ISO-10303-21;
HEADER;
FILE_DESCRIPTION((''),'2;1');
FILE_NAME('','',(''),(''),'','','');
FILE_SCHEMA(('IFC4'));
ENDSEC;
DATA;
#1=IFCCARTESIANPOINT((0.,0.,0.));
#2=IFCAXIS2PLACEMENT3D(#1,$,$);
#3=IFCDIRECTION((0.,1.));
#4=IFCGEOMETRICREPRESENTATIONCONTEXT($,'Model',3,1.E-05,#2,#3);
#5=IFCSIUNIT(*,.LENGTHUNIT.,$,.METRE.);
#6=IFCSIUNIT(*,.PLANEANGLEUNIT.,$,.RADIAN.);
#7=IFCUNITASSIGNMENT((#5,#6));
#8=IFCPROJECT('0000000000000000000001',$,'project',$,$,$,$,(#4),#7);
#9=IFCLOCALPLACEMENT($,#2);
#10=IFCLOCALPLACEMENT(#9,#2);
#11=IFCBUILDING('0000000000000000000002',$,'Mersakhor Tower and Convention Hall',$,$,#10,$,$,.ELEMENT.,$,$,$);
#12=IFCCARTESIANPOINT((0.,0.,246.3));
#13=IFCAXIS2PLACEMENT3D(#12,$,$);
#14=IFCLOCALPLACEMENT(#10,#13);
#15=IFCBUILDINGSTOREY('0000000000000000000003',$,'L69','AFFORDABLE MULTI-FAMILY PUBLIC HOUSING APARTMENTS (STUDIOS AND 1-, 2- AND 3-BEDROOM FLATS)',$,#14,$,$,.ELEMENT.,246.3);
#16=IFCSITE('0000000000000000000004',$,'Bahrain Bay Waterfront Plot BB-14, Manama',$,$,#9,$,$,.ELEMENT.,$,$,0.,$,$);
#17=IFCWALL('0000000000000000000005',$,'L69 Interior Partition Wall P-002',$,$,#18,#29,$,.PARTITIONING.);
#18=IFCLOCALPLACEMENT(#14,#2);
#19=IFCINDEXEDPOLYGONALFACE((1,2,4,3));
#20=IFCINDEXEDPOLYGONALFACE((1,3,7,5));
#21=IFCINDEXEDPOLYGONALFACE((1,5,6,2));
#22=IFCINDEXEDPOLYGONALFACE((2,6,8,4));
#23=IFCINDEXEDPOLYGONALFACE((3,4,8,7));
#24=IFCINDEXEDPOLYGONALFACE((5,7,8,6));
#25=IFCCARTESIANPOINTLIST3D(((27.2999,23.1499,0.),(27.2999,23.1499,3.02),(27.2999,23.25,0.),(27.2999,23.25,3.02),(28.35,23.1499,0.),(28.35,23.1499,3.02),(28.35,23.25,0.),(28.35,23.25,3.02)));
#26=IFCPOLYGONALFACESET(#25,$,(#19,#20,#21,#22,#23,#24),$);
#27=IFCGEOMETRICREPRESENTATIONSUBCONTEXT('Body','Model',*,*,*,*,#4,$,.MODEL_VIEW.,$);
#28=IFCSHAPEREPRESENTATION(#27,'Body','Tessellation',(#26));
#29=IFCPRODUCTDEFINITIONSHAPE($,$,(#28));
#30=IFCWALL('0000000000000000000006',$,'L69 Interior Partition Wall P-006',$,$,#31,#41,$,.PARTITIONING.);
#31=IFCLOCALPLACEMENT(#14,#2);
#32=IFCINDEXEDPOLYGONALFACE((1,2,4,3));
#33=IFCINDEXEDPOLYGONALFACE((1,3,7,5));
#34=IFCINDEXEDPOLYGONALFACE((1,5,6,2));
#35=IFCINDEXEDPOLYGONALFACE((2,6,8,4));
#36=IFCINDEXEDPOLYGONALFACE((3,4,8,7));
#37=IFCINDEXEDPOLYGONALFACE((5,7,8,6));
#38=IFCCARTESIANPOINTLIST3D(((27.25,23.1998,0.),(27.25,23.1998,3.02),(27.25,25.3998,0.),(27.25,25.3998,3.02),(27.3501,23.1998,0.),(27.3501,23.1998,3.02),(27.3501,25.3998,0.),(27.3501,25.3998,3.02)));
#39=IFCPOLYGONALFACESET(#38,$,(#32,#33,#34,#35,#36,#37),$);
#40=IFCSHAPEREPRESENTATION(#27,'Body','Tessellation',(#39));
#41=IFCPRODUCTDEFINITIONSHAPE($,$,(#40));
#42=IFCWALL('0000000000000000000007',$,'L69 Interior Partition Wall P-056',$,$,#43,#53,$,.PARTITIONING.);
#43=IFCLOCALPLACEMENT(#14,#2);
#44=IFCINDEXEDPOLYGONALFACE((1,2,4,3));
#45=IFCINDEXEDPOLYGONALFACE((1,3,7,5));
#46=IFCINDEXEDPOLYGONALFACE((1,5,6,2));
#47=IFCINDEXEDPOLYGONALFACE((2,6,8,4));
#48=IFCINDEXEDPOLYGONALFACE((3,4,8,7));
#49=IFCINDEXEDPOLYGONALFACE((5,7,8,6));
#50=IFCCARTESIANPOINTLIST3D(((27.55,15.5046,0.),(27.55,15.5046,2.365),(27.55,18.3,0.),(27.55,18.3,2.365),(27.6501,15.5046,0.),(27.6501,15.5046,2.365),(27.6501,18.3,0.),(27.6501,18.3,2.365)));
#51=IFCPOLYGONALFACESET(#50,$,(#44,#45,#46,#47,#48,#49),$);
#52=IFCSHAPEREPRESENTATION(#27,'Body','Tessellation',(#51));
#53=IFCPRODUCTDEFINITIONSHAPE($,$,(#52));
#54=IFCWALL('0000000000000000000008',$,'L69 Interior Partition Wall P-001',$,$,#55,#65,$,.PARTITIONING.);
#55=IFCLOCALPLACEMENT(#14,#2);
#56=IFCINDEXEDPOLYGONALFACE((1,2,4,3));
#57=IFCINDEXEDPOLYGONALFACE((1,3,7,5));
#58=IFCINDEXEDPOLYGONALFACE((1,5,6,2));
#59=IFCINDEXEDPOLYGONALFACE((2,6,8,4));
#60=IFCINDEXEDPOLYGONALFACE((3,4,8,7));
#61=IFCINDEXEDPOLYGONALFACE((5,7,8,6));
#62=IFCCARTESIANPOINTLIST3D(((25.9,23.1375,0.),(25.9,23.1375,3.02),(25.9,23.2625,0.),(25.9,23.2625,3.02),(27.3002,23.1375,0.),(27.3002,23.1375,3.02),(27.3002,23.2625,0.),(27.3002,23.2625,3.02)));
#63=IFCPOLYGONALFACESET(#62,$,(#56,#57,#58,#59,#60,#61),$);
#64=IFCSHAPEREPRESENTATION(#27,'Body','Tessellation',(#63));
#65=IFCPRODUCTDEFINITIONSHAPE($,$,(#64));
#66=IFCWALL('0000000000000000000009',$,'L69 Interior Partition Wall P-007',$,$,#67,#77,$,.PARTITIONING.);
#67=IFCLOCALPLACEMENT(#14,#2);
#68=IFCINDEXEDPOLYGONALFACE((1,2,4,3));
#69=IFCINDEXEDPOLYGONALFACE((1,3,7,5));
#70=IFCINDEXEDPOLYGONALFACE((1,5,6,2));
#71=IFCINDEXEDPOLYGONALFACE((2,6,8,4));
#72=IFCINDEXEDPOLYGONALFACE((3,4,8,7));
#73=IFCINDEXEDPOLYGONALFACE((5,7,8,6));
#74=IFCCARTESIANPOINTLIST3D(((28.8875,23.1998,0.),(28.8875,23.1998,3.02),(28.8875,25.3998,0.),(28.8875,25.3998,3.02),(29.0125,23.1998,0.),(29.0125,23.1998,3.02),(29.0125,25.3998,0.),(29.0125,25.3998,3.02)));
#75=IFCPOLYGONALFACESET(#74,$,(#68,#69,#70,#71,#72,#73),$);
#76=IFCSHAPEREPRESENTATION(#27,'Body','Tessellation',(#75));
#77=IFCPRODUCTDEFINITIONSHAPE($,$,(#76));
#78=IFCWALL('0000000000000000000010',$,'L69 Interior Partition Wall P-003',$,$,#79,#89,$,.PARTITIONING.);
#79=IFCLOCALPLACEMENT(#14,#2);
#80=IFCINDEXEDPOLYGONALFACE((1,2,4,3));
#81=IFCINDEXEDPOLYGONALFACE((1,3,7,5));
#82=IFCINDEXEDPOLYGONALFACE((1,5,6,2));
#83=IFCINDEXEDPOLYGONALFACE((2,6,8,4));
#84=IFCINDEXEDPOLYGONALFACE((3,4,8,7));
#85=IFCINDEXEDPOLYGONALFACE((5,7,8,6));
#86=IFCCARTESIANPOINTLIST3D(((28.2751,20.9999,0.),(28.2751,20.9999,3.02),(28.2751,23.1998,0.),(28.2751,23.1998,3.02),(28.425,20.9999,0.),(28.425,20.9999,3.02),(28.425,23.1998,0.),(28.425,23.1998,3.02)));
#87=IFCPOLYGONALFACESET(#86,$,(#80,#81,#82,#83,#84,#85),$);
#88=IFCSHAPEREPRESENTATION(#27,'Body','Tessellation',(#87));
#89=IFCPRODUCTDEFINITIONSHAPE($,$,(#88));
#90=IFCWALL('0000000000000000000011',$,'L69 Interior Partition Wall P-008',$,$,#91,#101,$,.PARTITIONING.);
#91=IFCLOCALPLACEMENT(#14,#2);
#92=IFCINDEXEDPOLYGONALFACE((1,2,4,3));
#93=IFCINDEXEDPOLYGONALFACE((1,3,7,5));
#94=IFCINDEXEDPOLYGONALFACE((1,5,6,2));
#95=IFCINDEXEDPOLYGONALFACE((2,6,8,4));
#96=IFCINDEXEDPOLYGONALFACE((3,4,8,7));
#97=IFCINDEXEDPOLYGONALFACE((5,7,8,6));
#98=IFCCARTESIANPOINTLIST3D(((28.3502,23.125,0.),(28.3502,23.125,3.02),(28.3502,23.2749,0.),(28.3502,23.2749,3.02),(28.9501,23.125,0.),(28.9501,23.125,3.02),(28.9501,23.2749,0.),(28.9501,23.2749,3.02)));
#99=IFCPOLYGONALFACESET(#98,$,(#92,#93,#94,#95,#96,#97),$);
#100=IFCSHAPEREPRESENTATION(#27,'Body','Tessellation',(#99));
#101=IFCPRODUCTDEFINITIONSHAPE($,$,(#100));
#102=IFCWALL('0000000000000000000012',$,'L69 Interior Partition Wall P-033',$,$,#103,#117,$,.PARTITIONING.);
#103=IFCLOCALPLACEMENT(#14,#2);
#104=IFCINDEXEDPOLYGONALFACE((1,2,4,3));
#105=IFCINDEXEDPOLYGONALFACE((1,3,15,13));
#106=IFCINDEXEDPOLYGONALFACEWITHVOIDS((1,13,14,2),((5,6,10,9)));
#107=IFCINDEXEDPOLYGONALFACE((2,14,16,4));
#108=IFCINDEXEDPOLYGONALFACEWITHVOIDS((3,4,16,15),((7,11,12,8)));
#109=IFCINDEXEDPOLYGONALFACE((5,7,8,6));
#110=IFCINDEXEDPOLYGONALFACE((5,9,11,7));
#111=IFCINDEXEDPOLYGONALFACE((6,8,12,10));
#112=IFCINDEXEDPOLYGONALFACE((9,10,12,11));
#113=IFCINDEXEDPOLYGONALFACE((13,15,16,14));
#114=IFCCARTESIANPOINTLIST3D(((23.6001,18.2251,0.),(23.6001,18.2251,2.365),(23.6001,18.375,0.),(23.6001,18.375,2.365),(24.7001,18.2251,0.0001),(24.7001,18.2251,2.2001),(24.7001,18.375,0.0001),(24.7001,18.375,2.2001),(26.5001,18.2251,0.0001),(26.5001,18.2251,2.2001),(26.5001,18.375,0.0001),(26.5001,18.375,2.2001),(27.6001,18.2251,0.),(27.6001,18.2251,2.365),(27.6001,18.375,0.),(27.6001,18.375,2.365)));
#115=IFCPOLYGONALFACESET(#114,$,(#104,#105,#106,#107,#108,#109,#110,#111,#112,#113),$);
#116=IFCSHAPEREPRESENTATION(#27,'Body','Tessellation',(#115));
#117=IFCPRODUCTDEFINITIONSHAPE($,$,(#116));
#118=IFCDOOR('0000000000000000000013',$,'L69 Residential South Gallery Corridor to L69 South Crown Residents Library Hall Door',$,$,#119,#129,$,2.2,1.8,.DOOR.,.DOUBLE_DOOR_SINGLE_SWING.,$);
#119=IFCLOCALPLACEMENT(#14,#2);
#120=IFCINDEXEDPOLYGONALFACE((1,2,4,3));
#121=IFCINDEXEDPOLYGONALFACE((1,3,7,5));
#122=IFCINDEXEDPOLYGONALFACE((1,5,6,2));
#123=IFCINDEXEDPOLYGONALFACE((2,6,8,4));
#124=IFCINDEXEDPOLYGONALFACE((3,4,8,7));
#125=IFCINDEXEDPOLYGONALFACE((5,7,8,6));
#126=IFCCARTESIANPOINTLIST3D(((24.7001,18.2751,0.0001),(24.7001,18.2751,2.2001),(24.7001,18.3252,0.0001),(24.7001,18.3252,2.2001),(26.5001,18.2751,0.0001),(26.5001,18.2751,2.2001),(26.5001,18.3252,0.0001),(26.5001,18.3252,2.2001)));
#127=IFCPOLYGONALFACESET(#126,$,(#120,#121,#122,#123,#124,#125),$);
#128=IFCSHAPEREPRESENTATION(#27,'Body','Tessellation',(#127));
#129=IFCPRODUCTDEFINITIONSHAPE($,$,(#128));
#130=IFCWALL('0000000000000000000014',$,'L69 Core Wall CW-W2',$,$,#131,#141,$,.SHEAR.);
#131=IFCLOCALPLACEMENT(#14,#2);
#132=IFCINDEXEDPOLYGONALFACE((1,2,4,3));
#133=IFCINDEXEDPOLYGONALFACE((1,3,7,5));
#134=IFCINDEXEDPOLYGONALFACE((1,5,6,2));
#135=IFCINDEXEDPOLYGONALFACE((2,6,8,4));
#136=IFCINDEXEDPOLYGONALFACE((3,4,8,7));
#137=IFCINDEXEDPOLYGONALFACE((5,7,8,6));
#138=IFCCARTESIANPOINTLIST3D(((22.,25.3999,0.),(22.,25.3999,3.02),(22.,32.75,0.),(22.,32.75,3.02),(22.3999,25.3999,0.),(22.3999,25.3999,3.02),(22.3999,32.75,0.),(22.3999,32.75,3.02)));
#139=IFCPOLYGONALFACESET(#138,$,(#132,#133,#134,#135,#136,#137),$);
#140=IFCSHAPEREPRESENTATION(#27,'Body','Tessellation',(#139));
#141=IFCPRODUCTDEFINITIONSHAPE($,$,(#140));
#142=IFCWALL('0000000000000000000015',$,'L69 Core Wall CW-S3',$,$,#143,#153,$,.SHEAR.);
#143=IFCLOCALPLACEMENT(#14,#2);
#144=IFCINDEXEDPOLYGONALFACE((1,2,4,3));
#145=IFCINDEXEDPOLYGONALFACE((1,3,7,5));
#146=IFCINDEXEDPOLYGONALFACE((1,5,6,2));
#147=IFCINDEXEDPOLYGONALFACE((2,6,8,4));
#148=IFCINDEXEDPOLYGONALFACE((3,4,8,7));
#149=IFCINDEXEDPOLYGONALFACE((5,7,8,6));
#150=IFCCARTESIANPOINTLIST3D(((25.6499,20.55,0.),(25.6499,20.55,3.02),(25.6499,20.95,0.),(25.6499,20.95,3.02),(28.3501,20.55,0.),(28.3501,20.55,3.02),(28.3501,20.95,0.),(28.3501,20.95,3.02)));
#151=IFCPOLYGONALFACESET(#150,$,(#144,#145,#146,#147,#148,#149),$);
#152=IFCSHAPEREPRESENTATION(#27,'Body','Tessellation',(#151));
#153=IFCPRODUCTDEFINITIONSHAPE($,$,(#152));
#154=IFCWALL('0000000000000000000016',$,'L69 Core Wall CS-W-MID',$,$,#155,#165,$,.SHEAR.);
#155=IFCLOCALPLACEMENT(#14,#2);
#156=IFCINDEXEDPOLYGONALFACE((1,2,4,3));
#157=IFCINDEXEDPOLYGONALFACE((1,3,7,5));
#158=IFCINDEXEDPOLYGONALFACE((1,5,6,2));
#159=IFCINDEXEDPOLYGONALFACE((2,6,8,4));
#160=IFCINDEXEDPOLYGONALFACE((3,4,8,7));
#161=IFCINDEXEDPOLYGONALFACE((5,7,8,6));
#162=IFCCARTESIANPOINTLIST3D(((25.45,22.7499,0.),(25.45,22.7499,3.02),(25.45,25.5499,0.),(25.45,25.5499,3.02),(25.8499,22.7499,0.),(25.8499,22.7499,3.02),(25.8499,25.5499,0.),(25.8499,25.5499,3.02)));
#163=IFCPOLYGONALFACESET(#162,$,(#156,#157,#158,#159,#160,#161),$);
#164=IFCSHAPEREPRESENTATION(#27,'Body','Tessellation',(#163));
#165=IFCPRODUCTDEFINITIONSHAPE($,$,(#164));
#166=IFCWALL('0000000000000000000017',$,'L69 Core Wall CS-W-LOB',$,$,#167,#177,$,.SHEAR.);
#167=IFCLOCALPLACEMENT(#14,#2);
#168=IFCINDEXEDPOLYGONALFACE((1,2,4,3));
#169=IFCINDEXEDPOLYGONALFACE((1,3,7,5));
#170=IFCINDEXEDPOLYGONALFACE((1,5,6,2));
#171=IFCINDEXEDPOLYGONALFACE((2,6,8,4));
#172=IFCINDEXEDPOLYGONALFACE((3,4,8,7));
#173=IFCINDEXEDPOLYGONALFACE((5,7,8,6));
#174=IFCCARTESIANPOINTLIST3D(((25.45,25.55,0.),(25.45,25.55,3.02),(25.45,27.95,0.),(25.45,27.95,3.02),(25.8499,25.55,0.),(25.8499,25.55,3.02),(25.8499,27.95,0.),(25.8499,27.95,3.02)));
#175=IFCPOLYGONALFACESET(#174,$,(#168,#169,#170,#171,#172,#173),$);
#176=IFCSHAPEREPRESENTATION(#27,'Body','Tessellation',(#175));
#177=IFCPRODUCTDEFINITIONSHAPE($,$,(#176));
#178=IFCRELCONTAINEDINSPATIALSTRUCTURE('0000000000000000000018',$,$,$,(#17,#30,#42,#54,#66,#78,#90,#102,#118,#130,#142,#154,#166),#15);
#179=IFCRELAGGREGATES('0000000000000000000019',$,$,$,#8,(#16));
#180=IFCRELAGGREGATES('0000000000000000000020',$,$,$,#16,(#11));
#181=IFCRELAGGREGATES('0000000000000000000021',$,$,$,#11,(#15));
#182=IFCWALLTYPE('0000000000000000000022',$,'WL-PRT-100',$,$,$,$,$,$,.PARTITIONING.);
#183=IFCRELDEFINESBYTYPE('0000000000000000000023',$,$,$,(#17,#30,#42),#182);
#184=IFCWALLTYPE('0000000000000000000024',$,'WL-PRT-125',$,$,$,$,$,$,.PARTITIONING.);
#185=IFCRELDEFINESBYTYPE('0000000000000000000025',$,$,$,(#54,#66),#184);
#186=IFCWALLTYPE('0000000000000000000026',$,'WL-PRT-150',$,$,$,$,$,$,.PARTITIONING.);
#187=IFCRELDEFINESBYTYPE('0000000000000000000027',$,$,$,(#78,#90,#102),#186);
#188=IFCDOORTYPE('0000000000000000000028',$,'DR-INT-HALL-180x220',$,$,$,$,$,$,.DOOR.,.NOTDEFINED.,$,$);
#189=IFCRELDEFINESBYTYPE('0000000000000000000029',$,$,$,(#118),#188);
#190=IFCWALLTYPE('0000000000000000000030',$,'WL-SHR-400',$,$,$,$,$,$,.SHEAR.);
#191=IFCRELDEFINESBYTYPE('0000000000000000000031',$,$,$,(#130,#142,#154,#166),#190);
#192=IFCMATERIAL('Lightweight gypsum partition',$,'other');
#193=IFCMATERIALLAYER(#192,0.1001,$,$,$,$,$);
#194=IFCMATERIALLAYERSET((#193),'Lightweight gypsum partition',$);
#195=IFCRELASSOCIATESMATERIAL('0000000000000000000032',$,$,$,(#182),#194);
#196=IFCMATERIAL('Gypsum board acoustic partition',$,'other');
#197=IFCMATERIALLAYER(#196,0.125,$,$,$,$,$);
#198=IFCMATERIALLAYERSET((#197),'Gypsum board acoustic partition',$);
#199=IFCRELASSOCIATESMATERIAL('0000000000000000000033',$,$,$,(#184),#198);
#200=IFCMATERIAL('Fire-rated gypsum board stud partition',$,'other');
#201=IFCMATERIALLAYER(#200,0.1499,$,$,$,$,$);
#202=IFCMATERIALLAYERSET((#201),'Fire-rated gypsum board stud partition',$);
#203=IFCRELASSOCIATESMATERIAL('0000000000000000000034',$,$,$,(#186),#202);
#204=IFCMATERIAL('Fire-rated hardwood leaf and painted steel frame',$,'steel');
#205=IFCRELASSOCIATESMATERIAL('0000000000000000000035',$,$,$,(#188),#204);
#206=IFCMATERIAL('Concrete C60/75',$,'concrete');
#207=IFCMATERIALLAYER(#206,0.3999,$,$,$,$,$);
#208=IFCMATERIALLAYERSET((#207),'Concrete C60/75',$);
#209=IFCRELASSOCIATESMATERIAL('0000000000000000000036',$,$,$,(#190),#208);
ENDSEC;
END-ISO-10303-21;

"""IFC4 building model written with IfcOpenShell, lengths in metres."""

from ifc_helpers import new_model, si_unit, direction, frame, frame_2d, origin, place, context, subcontext, project, spatial, rectangle, extrude, material, layer, layer_set, type_object, element, fill, save


model = new_model("IFC4")

# Units and contexts
model_context = context("Model", 3, precision=1e-05, world=origin(), true_north=direction((0.0, 1.0)))
body_context = subcontext(model_context, "Body", "Model", "MODEL_VIEW")
ifc_project = project(units=[si_unit("LENGTHUNIT", "METRE"), si_unit("PLANEANGLEUNIT", "RADIAN")], contexts=[model_context])

# Site, building, storey
site_placement = place(None, origin())
site = spatial("IfcSite", under=ifc_project, at=site_placement, Name="Bahrain Bay Waterfront Plot BB-14, Manama", CompositionType="ELEMENT", RefElevation=0.0)
building_placement = place(site_placement, origin())
building = spatial("IfcBuilding", under=site, at=building_placement, Name="Mersakhor Tower and Convention Hall", CompositionType="ELEMENT")
storey_placement = place(building_placement, frame((0.0, 0.0, 246.3)))
storey = spatial("IfcBuildingStorey", under=building, at=storey_placement, Name="L69", Description="AFFORDABLE MULTI-FAMILY PUBLIC HOUSING APARTMENTS (STUDIOS AND 1-, 2- AND 3-BEDROOM FLATS)", CompositionType="ELEMENT", Elevation=246.3)

# Walls
ifc_material_1 = material(Name="Lightweight gypsum partition", Category="other")
ifc_layer_1 = layer(ifc_material_1, 0.1001)
ifc_layer_set_1 = layer_set([ifc_layer_1], Name="Lightweight gypsum partition")
wall_type_1 = type_object("IfcWallType", Name="WL-PRT-100", PredefinedType="PARTITIONING", material=ifc_layer_set_1)
wall_1_placement = place(storey_placement, frame((27.3, 23.2, 0.0), z_axis=(0.0, 0.0, 1.0), x_axis=(1.0, 0.0, 0.0)))
element("IfcWall", 1, at=wall_1_placement, inside=storey, type_object=wall_type_1, Name="L69 Interior Partition Wall P-002", PredefinedType="PARTITIONING", context=body_context, shape_type="SweptSolid", body=[
    extrude(rectangle(XDim=1.05, YDim=0.1001, at=frame_2d((0.5249, 0.0))), origin(), (0.0, 0.0, 1.0), 3.02),
])
wall_2_placement = place(storey_placement, frame((27.3, 25.3999, 0.0), z_axis=(0.0, 0.0, 1.0), x_axis=(0.0, -1.0, 0.0)))
element("IfcWall", 2, at=wall_2_placement, inside=storey, type_object=wall_type_1, Name="L69 Interior Partition Wall P-006", PredefinedType="PARTITIONING", context=body_context, shape_type="SweptSolid", body=[
    extrude(rectangle(XDim=2.2, YDim=0.1001, at=frame_2d((1.1001, 0.0))), origin(), (0.0, 0.0, 1.0), 3.02),
])
wall_3_placement = place(storey_placement, frame((27.6001, 18.3, 0.0), z_axis=(0.0, 0.0, 1.0), x_axis=(0.0, -1.0, 0.0)))
element("IfcWall", 3, at=wall_3_placement, inside=storey, type_object=wall_type_1, Name="L69 Interior Partition Wall P-056", PredefinedType="PARTITIONING", context=body_context, shape_type="SweptSolid", body=[
    extrude(rectangle(XDim=2.7954, YDim=0.1001, at=frame_2d((1.3977, 0.0))), origin(), (0.0, 0.0, 1.0), 2.365),
])
ifc_material_2 = material(Name="Gypsum board acoustic partition", Category="other")
ifc_layer_2 = layer(ifc_material_2, 0.125)
ifc_layer_set_2 = layer_set([ifc_layer_2], Name="Gypsum board acoustic partition")
wall_type_2 = type_object("IfcWallType", Name="WL-PRT-125", PredefinedType="PARTITIONING", material=ifc_layer_set_2)
wall_4_placement = place(storey_placement, frame((25.8999, 23.2, 0.0), z_axis=(0.0, 0.0, 1.0), x_axis=(1.0, 0.0, 0.0)))
element("IfcWall", 4, at=wall_4_placement, inside=storey, type_object=wall_type_2, Name="L69 Interior Partition Wall P-001", PredefinedType="PARTITIONING", context=body_context, shape_type="SweptSolid", body=[
    extrude(rectangle(XDim=1.4001, YDim=0.125, at=frame_2d((0.7002, 0.0))), origin(), (0.0, 0.0, 1.0), 3.02),
])
wall_5_placement = place(storey_placement, frame((28.95, 25.3999, 0.0), z_axis=(0.0, 0.0, 1.0), x_axis=(0.0, -1.0, 0.0)))
element("IfcWall", 5, at=wall_5_placement, inside=storey, type_object=wall_type_2, Name="L69 Interior Partition Wall P-007", PredefinedType="PARTITIONING", context=body_context, shape_type="SweptSolid", body=[
    extrude(rectangle(XDim=2.2, YDim=0.125, at=frame_2d((1.1001, 0.0))), origin(), (0.0, 0.0, 1.0), 3.02),
])
ifc_material_3 = material(Name="Fire-rated gypsum board stud partition", Category="other")
ifc_layer_3 = layer(ifc_material_3, 0.1499)
ifc_layer_set_3 = layer_set([ifc_layer_3], Name="Fire-rated gypsum board stud partition")
wall_type_3 = type_object("IfcWallType", Name="WL-PRT-150", PredefinedType="PARTITIONING", material=ifc_layer_set_3)
wall_6_placement = place(storey_placement, frame((28.3501, 23.2, 0.0), z_axis=(0.0, 0.0, 1.0), x_axis=(0.0, -1.0, 0.0)))
element("IfcWall", 6, at=wall_6_placement, inside=storey, type_object=wall_type_3, Name="L69 Interior Partition Wall P-003", PredefinedType="PARTITIONING", context=body_context, shape_type="SweptSolid", body=[
    extrude(rectangle(XDim=2.2, YDim=0.1499, at=frame_2d((1.1001, 0.0))), origin(), (0.0, 0.0, 1.0), 3.02),
])
wall_7_placement = place(storey_placement, frame((28.95, 23.2, 0.0), z_axis=(0.0, 0.0, 1.0), x_axis=(-1.0, 0.0, 0.0)))
element("IfcWall", 7, at=wall_7_placement, inside=storey, type_object=wall_type_3, Name="L69 Interior Partition Wall P-008", PredefinedType="PARTITIONING", context=body_context, shape_type="SweptSolid", body=[
    extrude(rectangle(XDim=0.5999, YDim=0.1499, at=frame_2d((0.2998, 0.0))), origin(), (0.0, 0.0, 1.0), 3.02),
])

# Wall, opening, door
wall_8_placement = place(storey_placement, frame((27.6001, 18.3, 0.0), z_axis=(0.0, 0.0, 1.0), x_axis=(-1.0, 0.0, 0.0)))
wall_8 = element("IfcWall", 8, at=wall_8_placement, inside=storey, type_object=wall_type_3, Name="L69 Interior Partition Wall P-033", PredefinedType="PARTITIONING", context=body_context, shape_type="SweptSolid", body=[
    extrude(rectangle(XDim=4.0, YDim=0.1499, at=frame_2d((2.0, 0.0))), origin(), (0.0, 0.0, 1.0), 2.365),
])
opening_1_placement = place(wall_8_placement, frame((1.1001, 0.0, 0.0)))
opening_1 = element("IfcOpeningElement", 9, at=opening_1_placement, cuts=wall_8, PredefinedType="OPENING", context=body_context, shape_type="SweptSolid", body=[
    extrude(rectangle(XDim=1.8, YDim=2.2, at=frame_2d((0.8999, 1.1001))), frame((0.0, 0.085, 0.0), z_axis=(0.0, -1.0, 0.0), x_axis=(1.0, 0.0, 0.0)), (0.0, 0.0, 1.0), 0.1699),
])
ifc_material_4 = material(Name="Fire-rated hardwood leaf and painted steel frame", Category="steel")
door_type_1 = type_object("IfcDoorType", Name="DR-INT-HALL-180x220", OperationType="NOTDEFINED", PredefinedType="DOOR", material=ifc_material_4)
door_1_placement = place(opening_1_placement, origin())
door_1 = element("IfcDoor", 10, at=door_1_placement, inside=storey, type_object=door_type_1, Name="L69 Residential South Gallery Corridor to L69 South Crown Residents Library Hall Door", OperationType="DOUBLE_DOOR_SINGLE_SWING", OverallHeight=2.2, OverallWidth=1.8, PredefinedType="DOOR", context=body_context, shape_type="SweptSolid", body=[
    extrude(rectangle(XDim=1.8, YDim=2.2, at=frame_2d((0.8999, 1.1001))), frame((0.0, 0.0249, 0.0), z_axis=(0.0, -1.0, 0.0), x_axis=(1.0, 0.0, 0.0)), (0.0, 0.0, 1.0), 0.05),
])
fill(opening_1, door_1)

# Walls
ifc_material_5 = material(Name="Concrete C60/75", Category="concrete")
ifc_layer_4 = layer(ifc_material_5, 0.3999)
ifc_layer_set_4 = layer_set([ifc_layer_4], Name="Concrete C60/75")
wall_type_4 = type_object("IfcWallType", Name="WL-SHR-400", PredefinedType="SHEAR", material=ifc_layer_set_4)
wall_9_placement = place(storey_placement, frame((22.2, 25.3999, 0.0), z_axis=(0.0, 0.0, 1.0), x_axis=(0.0, 1.0, 0.0)))
element("IfcWall", 11, at=wall_9_placement, inside=storey, type_object=wall_type_4, Name="L69 Core Wall CW-W2", PredefinedType="SHEAR", context=body_context, shape_type="SweptSolid", body=[
    extrude(rectangle(XDim=7.3501, YDim=0.3999, at=frame_2d((3.675, 0.0))), origin(), (0.0, 0.0, 1.0), 3.02),
])
wall_10_placement = place(storey_placement, frame((28.3501, 20.75, 0.0), z_axis=(0.0, 0.0, 1.0), x_axis=(-1.0, 0.0, 0.0)))
element("IfcWall", 12, at=wall_10_placement, inside=storey, type_object=wall_type_4, Name="L69 Core Wall CW-S3", PredefinedType="SHEAR", context=body_context, shape_type="SweptSolid", body=[
    extrude(rectangle(XDim=2.7002, YDim=0.3999, at=frame_2d((1.3501, 0.0))), origin(), (0.0, 0.0, 1.0), 3.02),
])

# Walls
wall_11_placement = place(storey_placement, frame((25.6499, 22.75, 0.0), z_axis=(0.0, 0.0, 1.0), x_axis=(0.0, 1.0, 0.0)))
element("IfcWall", 13, at=wall_11_placement, inside=storey, type_object=wall_type_4, Name="L69 Core Wall CS-W-MID", PredefinedType="SHEAR", context=body_context, shape_type="SweptSolid", body=[
    extrude(rectangle(XDim=2.8, YDim=0.3999, at=frame_2d((1.3999, 0.0))), origin(), (0.0, 0.0, 1.0), 3.02),
])
wall_12_placement = place(storey_placement, frame((25.6499, 25.55, 0.0), z_axis=(0.0, 0.0, 1.0), x_axis=(0.0, 1.0, 0.0)))
element("IfcWall", 14, at=wall_12_placement, inside=storey, type_object=wall_type_4, Name="L69 Core Wall CS-W-LOB", PredefinedType="SHEAR", context=body_context, shape_type="SweptSolid", body=[
    extrude(rectangle(XDim=2.3999, YDim=0.3999, at=frame_2d((1.2, 0.0))), origin(), (0.0, 0.0, 1.0), 3.02),
])

save(model, "model.ifc")
